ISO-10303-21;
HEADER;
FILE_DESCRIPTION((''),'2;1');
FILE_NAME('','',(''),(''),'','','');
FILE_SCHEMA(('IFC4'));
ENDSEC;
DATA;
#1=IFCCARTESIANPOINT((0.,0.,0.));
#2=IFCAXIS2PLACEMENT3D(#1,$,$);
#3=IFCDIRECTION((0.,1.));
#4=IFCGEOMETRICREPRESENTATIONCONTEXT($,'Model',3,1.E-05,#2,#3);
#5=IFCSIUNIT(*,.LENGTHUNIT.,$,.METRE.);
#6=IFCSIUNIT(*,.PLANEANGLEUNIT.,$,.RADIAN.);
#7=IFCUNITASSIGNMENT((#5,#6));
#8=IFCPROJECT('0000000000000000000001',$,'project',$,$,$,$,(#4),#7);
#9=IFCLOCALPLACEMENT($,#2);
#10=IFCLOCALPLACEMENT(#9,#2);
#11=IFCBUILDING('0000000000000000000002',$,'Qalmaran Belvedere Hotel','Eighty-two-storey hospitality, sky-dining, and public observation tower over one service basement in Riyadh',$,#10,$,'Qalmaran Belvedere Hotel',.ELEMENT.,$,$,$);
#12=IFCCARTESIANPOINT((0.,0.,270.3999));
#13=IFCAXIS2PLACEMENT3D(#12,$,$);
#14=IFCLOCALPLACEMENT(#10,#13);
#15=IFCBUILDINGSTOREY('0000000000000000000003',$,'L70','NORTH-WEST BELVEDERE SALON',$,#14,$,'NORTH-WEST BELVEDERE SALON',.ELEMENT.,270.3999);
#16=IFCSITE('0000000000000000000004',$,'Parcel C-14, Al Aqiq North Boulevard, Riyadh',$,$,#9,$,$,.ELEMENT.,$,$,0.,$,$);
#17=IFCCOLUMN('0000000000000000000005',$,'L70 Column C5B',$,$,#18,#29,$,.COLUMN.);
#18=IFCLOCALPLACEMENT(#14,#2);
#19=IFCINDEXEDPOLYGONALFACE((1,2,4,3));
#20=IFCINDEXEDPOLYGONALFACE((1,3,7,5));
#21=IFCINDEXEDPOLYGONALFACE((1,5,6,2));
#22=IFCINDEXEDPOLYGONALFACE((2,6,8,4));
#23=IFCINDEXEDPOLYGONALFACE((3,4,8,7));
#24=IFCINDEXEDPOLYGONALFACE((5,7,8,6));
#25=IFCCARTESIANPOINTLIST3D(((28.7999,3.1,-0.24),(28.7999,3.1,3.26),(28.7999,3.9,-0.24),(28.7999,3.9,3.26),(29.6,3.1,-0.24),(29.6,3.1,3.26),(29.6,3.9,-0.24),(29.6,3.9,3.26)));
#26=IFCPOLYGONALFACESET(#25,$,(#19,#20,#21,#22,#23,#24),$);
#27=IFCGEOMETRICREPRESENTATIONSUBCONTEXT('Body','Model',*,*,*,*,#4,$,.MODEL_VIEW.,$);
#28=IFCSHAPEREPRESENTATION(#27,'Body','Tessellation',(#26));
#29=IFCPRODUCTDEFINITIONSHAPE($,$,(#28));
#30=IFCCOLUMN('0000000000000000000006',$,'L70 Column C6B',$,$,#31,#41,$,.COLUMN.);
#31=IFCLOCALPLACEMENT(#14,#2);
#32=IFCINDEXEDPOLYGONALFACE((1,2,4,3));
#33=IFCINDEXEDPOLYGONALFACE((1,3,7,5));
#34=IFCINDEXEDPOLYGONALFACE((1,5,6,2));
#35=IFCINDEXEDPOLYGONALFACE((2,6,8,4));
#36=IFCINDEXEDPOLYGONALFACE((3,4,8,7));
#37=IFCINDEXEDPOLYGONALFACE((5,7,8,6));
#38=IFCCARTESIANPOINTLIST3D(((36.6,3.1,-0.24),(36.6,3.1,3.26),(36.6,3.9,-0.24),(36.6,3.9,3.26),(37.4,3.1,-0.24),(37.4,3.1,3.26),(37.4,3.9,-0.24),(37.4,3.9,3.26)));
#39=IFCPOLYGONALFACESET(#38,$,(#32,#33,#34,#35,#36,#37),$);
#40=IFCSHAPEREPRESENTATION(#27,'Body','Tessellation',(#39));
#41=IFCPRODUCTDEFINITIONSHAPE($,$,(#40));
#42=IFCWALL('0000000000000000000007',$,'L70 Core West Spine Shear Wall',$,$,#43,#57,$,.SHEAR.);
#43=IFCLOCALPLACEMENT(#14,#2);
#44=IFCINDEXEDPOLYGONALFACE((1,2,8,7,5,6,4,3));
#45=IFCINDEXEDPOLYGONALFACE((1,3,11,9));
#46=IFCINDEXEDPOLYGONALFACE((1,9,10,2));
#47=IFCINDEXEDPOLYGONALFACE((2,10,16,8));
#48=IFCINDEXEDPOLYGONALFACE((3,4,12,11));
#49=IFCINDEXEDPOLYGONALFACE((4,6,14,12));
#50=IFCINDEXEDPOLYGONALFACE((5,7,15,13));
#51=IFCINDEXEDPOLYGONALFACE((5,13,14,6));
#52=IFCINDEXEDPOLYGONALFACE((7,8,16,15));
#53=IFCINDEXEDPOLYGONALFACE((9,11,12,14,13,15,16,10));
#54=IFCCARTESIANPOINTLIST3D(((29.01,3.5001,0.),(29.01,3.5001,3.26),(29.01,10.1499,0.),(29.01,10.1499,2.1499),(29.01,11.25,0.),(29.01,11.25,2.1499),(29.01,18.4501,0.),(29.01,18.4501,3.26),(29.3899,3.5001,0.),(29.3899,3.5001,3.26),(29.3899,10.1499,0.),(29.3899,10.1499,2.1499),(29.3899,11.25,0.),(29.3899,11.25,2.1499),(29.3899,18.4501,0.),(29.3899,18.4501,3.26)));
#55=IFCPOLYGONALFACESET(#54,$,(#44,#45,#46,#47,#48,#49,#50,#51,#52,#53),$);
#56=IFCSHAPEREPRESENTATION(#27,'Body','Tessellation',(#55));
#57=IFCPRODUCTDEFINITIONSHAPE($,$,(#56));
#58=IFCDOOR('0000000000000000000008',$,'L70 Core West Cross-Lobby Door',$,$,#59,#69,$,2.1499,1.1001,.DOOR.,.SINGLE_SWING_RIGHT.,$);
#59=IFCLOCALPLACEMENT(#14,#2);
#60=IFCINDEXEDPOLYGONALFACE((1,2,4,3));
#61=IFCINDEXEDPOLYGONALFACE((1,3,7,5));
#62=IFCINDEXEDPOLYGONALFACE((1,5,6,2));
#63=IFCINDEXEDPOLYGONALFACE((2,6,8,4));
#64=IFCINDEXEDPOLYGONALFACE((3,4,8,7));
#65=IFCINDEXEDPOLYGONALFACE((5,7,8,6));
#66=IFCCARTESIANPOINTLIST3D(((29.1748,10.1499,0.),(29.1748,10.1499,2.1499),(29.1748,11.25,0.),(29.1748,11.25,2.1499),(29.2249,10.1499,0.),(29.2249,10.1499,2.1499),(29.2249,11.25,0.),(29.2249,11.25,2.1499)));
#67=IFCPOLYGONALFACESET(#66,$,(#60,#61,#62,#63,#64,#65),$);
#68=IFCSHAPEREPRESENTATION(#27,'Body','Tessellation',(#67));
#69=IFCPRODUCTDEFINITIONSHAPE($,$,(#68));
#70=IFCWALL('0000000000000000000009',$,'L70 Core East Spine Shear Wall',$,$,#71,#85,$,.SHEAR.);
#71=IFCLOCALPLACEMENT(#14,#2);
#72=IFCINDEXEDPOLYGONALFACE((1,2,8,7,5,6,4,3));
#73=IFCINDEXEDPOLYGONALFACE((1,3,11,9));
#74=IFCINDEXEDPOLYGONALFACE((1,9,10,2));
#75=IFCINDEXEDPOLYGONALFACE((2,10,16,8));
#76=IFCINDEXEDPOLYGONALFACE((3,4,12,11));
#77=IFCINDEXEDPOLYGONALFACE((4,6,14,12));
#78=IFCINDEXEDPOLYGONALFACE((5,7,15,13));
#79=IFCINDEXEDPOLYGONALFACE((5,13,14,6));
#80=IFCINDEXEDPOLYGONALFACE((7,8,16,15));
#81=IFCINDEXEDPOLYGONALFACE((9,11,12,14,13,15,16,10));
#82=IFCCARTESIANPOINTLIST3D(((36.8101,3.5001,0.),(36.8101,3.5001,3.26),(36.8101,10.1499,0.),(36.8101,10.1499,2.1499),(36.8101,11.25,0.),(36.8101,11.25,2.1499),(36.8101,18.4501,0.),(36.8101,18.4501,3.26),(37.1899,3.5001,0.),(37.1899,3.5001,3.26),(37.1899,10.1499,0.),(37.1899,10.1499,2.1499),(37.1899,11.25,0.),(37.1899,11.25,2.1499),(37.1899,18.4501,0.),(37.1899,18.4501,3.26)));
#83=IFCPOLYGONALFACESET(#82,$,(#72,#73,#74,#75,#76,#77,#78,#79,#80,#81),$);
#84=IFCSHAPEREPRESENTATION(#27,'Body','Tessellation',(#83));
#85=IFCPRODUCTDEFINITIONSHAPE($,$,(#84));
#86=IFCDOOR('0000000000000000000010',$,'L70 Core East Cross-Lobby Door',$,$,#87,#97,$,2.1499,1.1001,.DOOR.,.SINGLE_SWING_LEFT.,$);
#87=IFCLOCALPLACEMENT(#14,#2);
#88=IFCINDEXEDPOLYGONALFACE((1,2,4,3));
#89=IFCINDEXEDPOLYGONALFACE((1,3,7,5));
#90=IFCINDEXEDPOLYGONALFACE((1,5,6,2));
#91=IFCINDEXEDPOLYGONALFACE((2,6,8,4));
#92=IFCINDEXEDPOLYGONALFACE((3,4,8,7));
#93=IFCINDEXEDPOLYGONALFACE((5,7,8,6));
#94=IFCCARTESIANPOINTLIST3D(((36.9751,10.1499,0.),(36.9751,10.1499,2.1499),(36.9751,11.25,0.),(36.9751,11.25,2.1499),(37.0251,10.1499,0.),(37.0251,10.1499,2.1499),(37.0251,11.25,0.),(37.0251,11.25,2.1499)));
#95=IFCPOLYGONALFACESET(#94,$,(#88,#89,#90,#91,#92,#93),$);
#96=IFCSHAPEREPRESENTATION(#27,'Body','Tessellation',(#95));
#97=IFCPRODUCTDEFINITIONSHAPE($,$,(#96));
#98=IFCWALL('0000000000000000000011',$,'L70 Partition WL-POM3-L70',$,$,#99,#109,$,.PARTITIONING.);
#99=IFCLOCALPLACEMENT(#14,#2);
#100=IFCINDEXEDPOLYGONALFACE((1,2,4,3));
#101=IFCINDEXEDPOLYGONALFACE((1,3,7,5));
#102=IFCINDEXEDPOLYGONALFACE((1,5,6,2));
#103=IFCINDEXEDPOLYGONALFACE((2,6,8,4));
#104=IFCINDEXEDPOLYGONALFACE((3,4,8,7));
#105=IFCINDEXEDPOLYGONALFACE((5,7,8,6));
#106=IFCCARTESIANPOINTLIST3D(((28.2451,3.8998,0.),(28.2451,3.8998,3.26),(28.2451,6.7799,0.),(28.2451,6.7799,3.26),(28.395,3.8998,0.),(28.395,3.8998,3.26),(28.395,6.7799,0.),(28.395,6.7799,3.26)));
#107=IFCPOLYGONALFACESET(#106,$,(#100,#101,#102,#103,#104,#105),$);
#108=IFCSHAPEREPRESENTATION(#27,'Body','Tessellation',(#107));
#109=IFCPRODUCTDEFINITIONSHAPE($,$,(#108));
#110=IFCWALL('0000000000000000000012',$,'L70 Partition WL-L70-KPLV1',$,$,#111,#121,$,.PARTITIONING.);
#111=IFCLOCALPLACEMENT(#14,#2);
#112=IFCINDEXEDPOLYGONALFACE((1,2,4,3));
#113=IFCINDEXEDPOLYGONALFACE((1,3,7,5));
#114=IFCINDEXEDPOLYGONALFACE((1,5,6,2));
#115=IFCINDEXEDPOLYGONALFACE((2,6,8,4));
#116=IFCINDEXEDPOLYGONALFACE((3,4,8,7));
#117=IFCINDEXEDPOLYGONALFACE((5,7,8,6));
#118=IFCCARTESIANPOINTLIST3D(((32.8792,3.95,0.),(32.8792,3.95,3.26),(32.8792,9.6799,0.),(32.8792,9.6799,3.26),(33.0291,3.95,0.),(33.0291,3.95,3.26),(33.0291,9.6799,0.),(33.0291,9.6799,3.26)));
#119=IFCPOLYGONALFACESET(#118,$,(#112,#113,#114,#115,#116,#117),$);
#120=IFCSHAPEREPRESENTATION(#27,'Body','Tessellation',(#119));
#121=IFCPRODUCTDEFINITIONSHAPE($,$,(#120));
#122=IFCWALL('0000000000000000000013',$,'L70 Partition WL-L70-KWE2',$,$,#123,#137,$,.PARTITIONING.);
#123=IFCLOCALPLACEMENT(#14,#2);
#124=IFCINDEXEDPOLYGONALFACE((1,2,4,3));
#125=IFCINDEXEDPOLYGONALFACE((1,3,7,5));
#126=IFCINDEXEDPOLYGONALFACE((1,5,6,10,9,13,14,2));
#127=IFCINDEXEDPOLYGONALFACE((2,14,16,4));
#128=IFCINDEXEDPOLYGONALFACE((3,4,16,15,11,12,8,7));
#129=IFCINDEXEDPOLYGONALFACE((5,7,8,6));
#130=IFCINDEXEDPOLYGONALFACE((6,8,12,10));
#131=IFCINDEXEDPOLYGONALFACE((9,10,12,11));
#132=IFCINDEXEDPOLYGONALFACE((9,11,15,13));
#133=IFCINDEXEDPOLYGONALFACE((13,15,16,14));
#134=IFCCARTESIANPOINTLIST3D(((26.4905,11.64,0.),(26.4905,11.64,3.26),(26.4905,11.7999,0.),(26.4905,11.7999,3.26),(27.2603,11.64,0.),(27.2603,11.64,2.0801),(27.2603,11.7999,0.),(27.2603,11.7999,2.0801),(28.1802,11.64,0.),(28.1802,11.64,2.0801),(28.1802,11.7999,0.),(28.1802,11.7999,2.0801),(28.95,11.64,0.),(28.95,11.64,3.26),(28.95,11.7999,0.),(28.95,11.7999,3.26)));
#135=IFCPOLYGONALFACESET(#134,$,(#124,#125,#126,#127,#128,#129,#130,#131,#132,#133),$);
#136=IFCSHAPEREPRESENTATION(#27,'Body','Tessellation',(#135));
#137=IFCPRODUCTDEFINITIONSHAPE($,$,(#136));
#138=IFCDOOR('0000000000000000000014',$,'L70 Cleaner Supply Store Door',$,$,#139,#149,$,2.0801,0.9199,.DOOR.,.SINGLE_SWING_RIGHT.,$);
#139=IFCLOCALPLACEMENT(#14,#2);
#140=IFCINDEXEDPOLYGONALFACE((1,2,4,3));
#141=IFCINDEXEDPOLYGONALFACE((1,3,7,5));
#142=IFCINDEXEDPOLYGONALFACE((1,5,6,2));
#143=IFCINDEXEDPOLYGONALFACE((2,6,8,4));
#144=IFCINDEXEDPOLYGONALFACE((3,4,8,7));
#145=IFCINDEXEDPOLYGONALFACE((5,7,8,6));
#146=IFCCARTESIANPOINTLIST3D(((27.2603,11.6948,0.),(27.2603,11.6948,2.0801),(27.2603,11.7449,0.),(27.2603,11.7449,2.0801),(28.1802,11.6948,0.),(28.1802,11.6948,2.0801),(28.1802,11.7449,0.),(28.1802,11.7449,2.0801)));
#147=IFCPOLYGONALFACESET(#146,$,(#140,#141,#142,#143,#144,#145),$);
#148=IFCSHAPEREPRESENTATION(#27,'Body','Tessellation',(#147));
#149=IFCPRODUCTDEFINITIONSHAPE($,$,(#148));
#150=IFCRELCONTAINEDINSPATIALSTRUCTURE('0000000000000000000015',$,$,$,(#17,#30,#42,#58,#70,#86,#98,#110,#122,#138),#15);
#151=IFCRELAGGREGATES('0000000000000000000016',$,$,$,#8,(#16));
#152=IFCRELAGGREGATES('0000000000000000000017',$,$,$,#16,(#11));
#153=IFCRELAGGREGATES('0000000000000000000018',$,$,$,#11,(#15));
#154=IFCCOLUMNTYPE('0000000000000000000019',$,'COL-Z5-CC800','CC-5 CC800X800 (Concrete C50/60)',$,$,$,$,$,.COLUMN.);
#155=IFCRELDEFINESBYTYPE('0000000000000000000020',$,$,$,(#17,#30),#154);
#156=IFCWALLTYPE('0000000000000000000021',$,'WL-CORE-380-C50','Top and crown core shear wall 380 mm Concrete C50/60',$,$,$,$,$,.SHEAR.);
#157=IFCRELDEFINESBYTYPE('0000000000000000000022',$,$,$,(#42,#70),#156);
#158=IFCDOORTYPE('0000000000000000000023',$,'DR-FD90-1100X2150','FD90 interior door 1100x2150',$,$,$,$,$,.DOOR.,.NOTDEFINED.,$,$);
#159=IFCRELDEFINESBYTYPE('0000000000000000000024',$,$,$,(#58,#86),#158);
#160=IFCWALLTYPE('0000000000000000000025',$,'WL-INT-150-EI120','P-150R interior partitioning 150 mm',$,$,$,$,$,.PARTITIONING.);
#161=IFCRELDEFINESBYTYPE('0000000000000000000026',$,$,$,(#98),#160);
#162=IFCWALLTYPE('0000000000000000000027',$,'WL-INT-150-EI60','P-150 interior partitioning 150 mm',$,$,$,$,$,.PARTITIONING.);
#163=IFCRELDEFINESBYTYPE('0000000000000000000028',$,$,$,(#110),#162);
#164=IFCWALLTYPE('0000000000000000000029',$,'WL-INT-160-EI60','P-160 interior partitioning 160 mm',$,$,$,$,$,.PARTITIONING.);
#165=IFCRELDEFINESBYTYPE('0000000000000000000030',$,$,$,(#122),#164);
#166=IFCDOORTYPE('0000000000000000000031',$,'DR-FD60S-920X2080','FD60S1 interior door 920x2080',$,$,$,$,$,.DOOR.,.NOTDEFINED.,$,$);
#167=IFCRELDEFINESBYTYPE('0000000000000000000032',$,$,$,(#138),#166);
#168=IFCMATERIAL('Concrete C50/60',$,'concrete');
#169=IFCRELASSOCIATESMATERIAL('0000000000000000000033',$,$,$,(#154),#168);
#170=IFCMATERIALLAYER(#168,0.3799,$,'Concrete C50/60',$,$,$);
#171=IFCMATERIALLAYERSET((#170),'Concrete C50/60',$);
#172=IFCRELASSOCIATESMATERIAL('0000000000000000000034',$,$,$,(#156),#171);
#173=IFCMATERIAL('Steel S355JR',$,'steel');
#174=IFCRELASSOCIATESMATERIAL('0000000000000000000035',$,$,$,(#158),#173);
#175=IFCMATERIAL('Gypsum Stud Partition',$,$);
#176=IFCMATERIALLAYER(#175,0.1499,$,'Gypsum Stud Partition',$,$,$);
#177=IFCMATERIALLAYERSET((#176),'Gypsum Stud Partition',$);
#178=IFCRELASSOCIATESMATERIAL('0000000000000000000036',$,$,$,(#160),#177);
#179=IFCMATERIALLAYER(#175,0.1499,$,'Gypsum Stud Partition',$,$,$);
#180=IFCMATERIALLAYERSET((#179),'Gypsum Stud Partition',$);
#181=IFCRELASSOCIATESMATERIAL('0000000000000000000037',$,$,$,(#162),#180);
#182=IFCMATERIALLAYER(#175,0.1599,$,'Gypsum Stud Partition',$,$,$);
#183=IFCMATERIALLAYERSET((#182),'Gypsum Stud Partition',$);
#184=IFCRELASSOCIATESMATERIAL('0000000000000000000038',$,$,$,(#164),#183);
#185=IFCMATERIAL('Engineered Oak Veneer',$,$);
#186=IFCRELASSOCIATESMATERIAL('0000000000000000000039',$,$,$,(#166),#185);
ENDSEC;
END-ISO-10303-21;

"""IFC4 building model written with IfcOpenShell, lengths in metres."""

from ifc_helpers import new_model, si_unit, direction, frame, frame_2d, origin, origin_2d, place, context, subcontext, project, spatial, rectangle, extrude, material, layer, layer_set, material_profile, profile_set, type_object, element, fill, save


model = new_model("IFC4")

# Units and contexts
model_context = context("Model", 3, precision=1e-05, world=origin(), true_north=direction((0.0, 1.0)))
body_context = subcontext(model_context, "Body", "Model", "MODEL_VIEW")
ifc_project = project(units=[si_unit("LENGTHUNIT", "METRE"), si_unit("PLANEANGLEUNIT", "RADIAN")], contexts=[model_context])

# Site, building, storey
site_placement = place(None, origin())
site = spatial("IfcSite", under=ifc_project, at=site_placement, Name="Parcel C-14, Al Aqiq North Boulevard, Riyadh", CompositionType="ELEMENT", RefElevation=0.0)
building_placement = place(site_placement, origin())
building = spatial("IfcBuilding", under=site, at=building_placement, Name="Qalmaran Belvedere Hotel", Description="Eighty-two-storey hospitality, sky-dining, and public observation tower over one service basement in Riyadh", LongName="Qalmaran Belvedere Hotel", CompositionType="ELEMENT")
storey_placement = place(building_placement, frame((0.0, 0.0, 270.3999)))
storey = spatial("IfcBuildingStorey", under=building, at=storey_placement, Name="L70", Description="NORTH-WEST BELVEDERE SALON", LongName="NORTH-WEST BELVEDERE SALON", CompositionType="ELEMENT", Elevation=270.3999)

# Columns
ifc_material_1 = material(Name="Concrete C50/60", Category="concrete")
ifc_material_profile = material_profile(ifc_material_1, rectangle(XDim=0.8, YDim=0.8, at=origin_2d()), Name="CC800X800")
ifc_profile_set = profile_set([ifc_material_profile], Name="Concrete C50/60")
column_type = type_object("IfcColumnType", Name="COL-Z5-CC800", Description="CC-5 CC800X800 (Concrete C50/60)", PredefinedType="COLUMN", material=ifc_profile_set)
for number, where, z_axis, x_axis, name in (
    (1, (29.2, 3.5, -0.24), (0.0, 0.0, 1.0), (1.0, 0.0, 0.0), "L70 Column C5B"),
    (2, (37.0, 3.5, -0.24), (0.0, 0.0, 1.0), (1.0, 0.0, 0.0), "L70 Column C6B"),
):
    element("IfcColumn", number, at=place(storey_placement, frame(where, z_axis=z_axis, x_axis=x_axis)), inside=storey, type_object=column_type, Name=name, PredefinedType="COLUMN", context=body_context, shape_type="SweptSolid", body=[
        extrude(rectangle(XDim=0.8, YDim=0.8, at=origin_2d()), origin(), (0.0, 0.0, 1.0), 3.5),
    ])

# Walls, openings, doors
ifc_layer_1 = layer(ifc_material_1, 0.3799, Name="Concrete C50/60")
ifc_layer_set_1 = layer_set([ifc_layer_1], Name="Concrete C50/60")
wall_type_1 = type_object("IfcWallType", Name="WL-CORE-380-C50", Description="Top and crown core shear wall 380 mm Concrete C50/60", PredefinedType="SHEAR", material=ifc_layer_set_1)
wall_1_placement = place(storey_placement, frame((29.2, 3.5, 0.0), z_axis=(0.0, 0.0, 1.0), x_axis=(0.0, 1.0, 0.0)))
wall_1 = element("IfcWall", 3, at=wall_1_placement, inside=storey, type_object=wall_type_1, Name="L70 Core West Spine Shear Wall", PredefinedType="SHEAR", context=body_context, shape_type="SweptSolid", body=[
    extrude(rectangle(XDim=14.95, YDim=0.3799, at=frame_2d((7.4751, 0.0))), origin(), (0.0, 0.0, 1.0), 3.26),
])
opening_1_placement = place(wall_1_placement, frame((7.75, 0.0, 0.0), z_axis=(0.0, 0.0, 1.0), x_axis=(-1.0, 0.0, 0.0)))
opening_1 = element("IfcOpeningElement", 4, at=opening_1_placement, cuts=wall_1, PredefinedType="OPENING", context=body_context, shape_type="SweptSolid", body=[
    extrude(rectangle(XDim=1.1001, YDim=2.1499, at=frame_2d((0.55, 1.075))), frame((0.0, 0.2, 0.0), z_axis=(0.0, -1.0, 0.0), x_axis=(1.0, 0.0, 0.0)), (0.0, 0.0, 1.0), 0.3999),
])
ifc_material_2 = material(Name="Steel S355JR", Category="steel")
door_type_1 = type_object("IfcDoorType", Name="DR-FD90-1100X2150", Description="FD90 interior door 1100x2150", OperationType="NOTDEFINED", PredefinedType="DOOR", material=ifc_material_2)
door_1_placement = place(opening_1_placement, origin())
door_1 = element("IfcDoor", 5, at=door_1_placement, inside=storey, type_object=door_type_1, Name="L70 Core West Cross-Lobby Door", OperationType="SINGLE_SWING_RIGHT", OverallHeight=2.1499, OverallWidth=1.1001, PredefinedType="DOOR", context=body_context, shape_type="SweptSolid", body=[
    extrude(rectangle(XDim=1.1001, YDim=2.1499, at=frame_2d((0.55, 1.075))), frame((0.0, 0.0249, 0.0), z_axis=(0.0, -1.0, 0.0), x_axis=(1.0, 0.0, 0.0)), (0.0, 0.0, 1.0), 0.05),
])
fill(opening_1, door_1)
wall_2_placement = place(storey_placement, frame((37.0, 3.5, 0.0), z_axis=(0.0, 0.0, 1.0), x_axis=(0.0, 1.0, 0.0)))
wall_2 = element("IfcWall", 6, at=wall_2_placement, inside=storey, type_object=wall_type_1, Name="L70 Core East Spine Shear Wall", PredefinedType="SHEAR", context=body_context, shape_type="SweptSolid", body=[
    extrude(rectangle(XDim=14.95, YDim=0.3799, at=frame_2d((7.4751, 0.0))), origin(), (0.0, 0.0, 1.0), 3.26),
])
opening_2_placement = place(wall_2_placement, frame((6.6499, 0.0, 0.0)))
opening_2 = element("IfcOpeningElement", 7, at=opening_2_placement, cuts=wall_2, PredefinedType="OPENING", context=body_context, shape_type="SweptSolid", body=[
    extrude(rectangle(XDim=1.1001, YDim=2.1499, at=frame_2d((0.55, 1.075))), frame((0.0, 0.2, 0.0), z_axis=(0.0, -1.0, 0.0), x_axis=(1.0, 0.0, 0.0)), (0.0, 0.0, 1.0), 0.3999),
])
door_2_placement = place(opening_2_placement, origin())
door_2 = element("IfcDoor", 8, at=door_2_placement, inside=storey, type_object=door_type_1, Name="L70 Core East Cross-Lobby Door", OperationType="SINGLE_SWING_LEFT", OverallHeight=2.1499, OverallWidth=1.1001, PredefinedType="DOOR", context=body_context, shape_type="SweptSolid", body=[
    extrude(rectangle(XDim=1.1001, YDim=2.1499, at=frame_2d((0.55, 1.075))), frame((0.0, 0.0249, 0.0), z_axis=(0.0, -1.0, 0.0), x_axis=(1.0, 0.0, 0.0)), (0.0, 0.0, 1.0), 0.05),
])
fill(opening_2, door_2)

# Walls
ifc_material_3 = material(Name="Gypsum Stud Partition")
ifc_layer_2 = layer(ifc_material_3, 0.1499, Name="Gypsum Stud Partition")
ifc_layer_set_2 = layer_set([ifc_layer_2], Name="Gypsum Stud Partition")
wall_type_2 = type_object("IfcWallType", Name="WL-INT-150-EI120", Description="P-150R interior partitioning 150 mm", PredefinedType="PARTITIONING", material=ifc_layer_set_2)
wall_3_placement = place(storey_placement, frame((28.3201, 3.8999, 0.0), z_axis=(0.0, 0.0, 1.0), x_axis=(0.0, 1.0, 0.0)))
element("IfcWall", 9, at=wall_3_placement, inside=storey, type_object=wall_type_2, Name="L70 Partition WL-POM3-L70", PredefinedType="PARTITIONING", context=body_context, shape_type="SweptSolid", body=[
    extrude(rectangle(XDim=2.8801, YDim=0.1499, at=frame_2d((1.4399, 0.0))), origin(), (0.0, 0.0, 1.0), 3.26),
])
ifc_layer_3 = layer(ifc_material_3, 0.1499, Name="Gypsum Stud Partition")
ifc_layer_set_3 = layer_set([ifc_layer_3], Name="Gypsum Stud Partition")
wall_type_3 = type_object("IfcWallType", Name="WL-INT-150-EI60", Description="P-150 interior partitioning 150 mm", PredefinedType="PARTITIONING", material=ifc_layer_set_3)
wall_4_placement = place(storey_placement, frame((32.9541, 3.95, 0.0), z_axis=(0.0, 0.0, 1.0), x_axis=(0.0, 1.0, 0.0)))
element("IfcWall", 10, at=wall_4_placement, inside=storey, type_object=wall_type_3, Name="L70 Partition WL-L70-KPLV1", PredefinedType="PARTITIONING", context=body_context, shape_type="SweptSolid", body=[
    extrude(rectangle(XDim=5.73, YDim=0.1499, at=frame_2d((2.865, 0.0))), origin(), (0.0, 0.0, 1.0), 3.26),
])

# Wall, opening, door
ifc_layer_4 = layer(ifc_material_3, 0.1599, Name="Gypsum Stud Partition")
ifc_layer_set_4 = layer_set([ifc_layer_4], Name="Gypsum Stud Partition")
wall_type_4 = type_object("IfcWallType", Name="WL-INT-160-EI60", Description="P-160 interior partitioning 160 mm", PredefinedType="PARTITIONING", material=ifc_layer_set_4)
wall_5_placement = place(storey_placement, frame((26.4905, 11.72, 0.0), z_axis=(0.0, 0.0, 1.0), x_axis=(1.0, 0.0, 0.0)))
wall_5 = element("IfcWall", 11, at=wall_5_placement, inside=storey, type_object=wall_type_4, Name="L70 Partition WL-L70-KWE2", PredefinedType="PARTITIONING", context=body_context, shape_type="SweptSolid", body=[
    extrude(rectangle(XDim=2.4595, YDim=0.1599, at=frame_2d((1.2297, 0.0))), origin(), (0.0, 0.0, 1.0), 3.26),
])
opening_3_placement = place(wall_5_placement, frame((0.7698, 0.0, 0.0)))
opening_3 = element("IfcOpeningElement", 12, at=opening_3_placement, cuts=wall_5, PredefinedType="OPENING", context=body_context, shape_type="SweptSolid", body=[
    extrude(rectangle(XDim=0.9199, YDim=2.0801, at=frame_2d((0.46, 1.04))), frame((0.0, 0.0898, 0.0), z_axis=(0.0, -1.0, 0.0), x_axis=(1.0, 0.0, 0.0)), (0.0, 0.0, 1.0), 0.1799),
])
ifc_material_4 = material(Name="Engineered Oak Veneer")
door_type_2 = type_object("IfcDoorType", Name="DR-FD60S-920X2080", Description="FD60S1 interior door 920x2080", OperationType="NOTDEFINED", PredefinedType="DOOR", material=ifc_material_4)
door_3_placement = place(opening_3_placement, origin())
door_3 = element("IfcDoor", 13, at=door_3_placement, inside=storey, type_object=door_type_2, Name="L70 Cleaner Supply Store Door", OperationType="SINGLE_SWING_RIGHT", OverallHeight=2.0801, OverallWidth=0.9199, PredefinedType="DOOR", context=body_context, shape_type="SweptSolid", body=[
    extrude(rectangle(XDim=0.9199, YDim=2.0801, at=frame_2d((0.46, 1.04))), frame((0.0, 0.0249, 0.0), z_axis=(0.0, -1.0, 0.0), x_axis=(1.0, 0.0, 0.0)), (0.0, 0.0, 1.0), 0.05),
])
fill(opening_3, door_3)

save(model, "model.ifc")
